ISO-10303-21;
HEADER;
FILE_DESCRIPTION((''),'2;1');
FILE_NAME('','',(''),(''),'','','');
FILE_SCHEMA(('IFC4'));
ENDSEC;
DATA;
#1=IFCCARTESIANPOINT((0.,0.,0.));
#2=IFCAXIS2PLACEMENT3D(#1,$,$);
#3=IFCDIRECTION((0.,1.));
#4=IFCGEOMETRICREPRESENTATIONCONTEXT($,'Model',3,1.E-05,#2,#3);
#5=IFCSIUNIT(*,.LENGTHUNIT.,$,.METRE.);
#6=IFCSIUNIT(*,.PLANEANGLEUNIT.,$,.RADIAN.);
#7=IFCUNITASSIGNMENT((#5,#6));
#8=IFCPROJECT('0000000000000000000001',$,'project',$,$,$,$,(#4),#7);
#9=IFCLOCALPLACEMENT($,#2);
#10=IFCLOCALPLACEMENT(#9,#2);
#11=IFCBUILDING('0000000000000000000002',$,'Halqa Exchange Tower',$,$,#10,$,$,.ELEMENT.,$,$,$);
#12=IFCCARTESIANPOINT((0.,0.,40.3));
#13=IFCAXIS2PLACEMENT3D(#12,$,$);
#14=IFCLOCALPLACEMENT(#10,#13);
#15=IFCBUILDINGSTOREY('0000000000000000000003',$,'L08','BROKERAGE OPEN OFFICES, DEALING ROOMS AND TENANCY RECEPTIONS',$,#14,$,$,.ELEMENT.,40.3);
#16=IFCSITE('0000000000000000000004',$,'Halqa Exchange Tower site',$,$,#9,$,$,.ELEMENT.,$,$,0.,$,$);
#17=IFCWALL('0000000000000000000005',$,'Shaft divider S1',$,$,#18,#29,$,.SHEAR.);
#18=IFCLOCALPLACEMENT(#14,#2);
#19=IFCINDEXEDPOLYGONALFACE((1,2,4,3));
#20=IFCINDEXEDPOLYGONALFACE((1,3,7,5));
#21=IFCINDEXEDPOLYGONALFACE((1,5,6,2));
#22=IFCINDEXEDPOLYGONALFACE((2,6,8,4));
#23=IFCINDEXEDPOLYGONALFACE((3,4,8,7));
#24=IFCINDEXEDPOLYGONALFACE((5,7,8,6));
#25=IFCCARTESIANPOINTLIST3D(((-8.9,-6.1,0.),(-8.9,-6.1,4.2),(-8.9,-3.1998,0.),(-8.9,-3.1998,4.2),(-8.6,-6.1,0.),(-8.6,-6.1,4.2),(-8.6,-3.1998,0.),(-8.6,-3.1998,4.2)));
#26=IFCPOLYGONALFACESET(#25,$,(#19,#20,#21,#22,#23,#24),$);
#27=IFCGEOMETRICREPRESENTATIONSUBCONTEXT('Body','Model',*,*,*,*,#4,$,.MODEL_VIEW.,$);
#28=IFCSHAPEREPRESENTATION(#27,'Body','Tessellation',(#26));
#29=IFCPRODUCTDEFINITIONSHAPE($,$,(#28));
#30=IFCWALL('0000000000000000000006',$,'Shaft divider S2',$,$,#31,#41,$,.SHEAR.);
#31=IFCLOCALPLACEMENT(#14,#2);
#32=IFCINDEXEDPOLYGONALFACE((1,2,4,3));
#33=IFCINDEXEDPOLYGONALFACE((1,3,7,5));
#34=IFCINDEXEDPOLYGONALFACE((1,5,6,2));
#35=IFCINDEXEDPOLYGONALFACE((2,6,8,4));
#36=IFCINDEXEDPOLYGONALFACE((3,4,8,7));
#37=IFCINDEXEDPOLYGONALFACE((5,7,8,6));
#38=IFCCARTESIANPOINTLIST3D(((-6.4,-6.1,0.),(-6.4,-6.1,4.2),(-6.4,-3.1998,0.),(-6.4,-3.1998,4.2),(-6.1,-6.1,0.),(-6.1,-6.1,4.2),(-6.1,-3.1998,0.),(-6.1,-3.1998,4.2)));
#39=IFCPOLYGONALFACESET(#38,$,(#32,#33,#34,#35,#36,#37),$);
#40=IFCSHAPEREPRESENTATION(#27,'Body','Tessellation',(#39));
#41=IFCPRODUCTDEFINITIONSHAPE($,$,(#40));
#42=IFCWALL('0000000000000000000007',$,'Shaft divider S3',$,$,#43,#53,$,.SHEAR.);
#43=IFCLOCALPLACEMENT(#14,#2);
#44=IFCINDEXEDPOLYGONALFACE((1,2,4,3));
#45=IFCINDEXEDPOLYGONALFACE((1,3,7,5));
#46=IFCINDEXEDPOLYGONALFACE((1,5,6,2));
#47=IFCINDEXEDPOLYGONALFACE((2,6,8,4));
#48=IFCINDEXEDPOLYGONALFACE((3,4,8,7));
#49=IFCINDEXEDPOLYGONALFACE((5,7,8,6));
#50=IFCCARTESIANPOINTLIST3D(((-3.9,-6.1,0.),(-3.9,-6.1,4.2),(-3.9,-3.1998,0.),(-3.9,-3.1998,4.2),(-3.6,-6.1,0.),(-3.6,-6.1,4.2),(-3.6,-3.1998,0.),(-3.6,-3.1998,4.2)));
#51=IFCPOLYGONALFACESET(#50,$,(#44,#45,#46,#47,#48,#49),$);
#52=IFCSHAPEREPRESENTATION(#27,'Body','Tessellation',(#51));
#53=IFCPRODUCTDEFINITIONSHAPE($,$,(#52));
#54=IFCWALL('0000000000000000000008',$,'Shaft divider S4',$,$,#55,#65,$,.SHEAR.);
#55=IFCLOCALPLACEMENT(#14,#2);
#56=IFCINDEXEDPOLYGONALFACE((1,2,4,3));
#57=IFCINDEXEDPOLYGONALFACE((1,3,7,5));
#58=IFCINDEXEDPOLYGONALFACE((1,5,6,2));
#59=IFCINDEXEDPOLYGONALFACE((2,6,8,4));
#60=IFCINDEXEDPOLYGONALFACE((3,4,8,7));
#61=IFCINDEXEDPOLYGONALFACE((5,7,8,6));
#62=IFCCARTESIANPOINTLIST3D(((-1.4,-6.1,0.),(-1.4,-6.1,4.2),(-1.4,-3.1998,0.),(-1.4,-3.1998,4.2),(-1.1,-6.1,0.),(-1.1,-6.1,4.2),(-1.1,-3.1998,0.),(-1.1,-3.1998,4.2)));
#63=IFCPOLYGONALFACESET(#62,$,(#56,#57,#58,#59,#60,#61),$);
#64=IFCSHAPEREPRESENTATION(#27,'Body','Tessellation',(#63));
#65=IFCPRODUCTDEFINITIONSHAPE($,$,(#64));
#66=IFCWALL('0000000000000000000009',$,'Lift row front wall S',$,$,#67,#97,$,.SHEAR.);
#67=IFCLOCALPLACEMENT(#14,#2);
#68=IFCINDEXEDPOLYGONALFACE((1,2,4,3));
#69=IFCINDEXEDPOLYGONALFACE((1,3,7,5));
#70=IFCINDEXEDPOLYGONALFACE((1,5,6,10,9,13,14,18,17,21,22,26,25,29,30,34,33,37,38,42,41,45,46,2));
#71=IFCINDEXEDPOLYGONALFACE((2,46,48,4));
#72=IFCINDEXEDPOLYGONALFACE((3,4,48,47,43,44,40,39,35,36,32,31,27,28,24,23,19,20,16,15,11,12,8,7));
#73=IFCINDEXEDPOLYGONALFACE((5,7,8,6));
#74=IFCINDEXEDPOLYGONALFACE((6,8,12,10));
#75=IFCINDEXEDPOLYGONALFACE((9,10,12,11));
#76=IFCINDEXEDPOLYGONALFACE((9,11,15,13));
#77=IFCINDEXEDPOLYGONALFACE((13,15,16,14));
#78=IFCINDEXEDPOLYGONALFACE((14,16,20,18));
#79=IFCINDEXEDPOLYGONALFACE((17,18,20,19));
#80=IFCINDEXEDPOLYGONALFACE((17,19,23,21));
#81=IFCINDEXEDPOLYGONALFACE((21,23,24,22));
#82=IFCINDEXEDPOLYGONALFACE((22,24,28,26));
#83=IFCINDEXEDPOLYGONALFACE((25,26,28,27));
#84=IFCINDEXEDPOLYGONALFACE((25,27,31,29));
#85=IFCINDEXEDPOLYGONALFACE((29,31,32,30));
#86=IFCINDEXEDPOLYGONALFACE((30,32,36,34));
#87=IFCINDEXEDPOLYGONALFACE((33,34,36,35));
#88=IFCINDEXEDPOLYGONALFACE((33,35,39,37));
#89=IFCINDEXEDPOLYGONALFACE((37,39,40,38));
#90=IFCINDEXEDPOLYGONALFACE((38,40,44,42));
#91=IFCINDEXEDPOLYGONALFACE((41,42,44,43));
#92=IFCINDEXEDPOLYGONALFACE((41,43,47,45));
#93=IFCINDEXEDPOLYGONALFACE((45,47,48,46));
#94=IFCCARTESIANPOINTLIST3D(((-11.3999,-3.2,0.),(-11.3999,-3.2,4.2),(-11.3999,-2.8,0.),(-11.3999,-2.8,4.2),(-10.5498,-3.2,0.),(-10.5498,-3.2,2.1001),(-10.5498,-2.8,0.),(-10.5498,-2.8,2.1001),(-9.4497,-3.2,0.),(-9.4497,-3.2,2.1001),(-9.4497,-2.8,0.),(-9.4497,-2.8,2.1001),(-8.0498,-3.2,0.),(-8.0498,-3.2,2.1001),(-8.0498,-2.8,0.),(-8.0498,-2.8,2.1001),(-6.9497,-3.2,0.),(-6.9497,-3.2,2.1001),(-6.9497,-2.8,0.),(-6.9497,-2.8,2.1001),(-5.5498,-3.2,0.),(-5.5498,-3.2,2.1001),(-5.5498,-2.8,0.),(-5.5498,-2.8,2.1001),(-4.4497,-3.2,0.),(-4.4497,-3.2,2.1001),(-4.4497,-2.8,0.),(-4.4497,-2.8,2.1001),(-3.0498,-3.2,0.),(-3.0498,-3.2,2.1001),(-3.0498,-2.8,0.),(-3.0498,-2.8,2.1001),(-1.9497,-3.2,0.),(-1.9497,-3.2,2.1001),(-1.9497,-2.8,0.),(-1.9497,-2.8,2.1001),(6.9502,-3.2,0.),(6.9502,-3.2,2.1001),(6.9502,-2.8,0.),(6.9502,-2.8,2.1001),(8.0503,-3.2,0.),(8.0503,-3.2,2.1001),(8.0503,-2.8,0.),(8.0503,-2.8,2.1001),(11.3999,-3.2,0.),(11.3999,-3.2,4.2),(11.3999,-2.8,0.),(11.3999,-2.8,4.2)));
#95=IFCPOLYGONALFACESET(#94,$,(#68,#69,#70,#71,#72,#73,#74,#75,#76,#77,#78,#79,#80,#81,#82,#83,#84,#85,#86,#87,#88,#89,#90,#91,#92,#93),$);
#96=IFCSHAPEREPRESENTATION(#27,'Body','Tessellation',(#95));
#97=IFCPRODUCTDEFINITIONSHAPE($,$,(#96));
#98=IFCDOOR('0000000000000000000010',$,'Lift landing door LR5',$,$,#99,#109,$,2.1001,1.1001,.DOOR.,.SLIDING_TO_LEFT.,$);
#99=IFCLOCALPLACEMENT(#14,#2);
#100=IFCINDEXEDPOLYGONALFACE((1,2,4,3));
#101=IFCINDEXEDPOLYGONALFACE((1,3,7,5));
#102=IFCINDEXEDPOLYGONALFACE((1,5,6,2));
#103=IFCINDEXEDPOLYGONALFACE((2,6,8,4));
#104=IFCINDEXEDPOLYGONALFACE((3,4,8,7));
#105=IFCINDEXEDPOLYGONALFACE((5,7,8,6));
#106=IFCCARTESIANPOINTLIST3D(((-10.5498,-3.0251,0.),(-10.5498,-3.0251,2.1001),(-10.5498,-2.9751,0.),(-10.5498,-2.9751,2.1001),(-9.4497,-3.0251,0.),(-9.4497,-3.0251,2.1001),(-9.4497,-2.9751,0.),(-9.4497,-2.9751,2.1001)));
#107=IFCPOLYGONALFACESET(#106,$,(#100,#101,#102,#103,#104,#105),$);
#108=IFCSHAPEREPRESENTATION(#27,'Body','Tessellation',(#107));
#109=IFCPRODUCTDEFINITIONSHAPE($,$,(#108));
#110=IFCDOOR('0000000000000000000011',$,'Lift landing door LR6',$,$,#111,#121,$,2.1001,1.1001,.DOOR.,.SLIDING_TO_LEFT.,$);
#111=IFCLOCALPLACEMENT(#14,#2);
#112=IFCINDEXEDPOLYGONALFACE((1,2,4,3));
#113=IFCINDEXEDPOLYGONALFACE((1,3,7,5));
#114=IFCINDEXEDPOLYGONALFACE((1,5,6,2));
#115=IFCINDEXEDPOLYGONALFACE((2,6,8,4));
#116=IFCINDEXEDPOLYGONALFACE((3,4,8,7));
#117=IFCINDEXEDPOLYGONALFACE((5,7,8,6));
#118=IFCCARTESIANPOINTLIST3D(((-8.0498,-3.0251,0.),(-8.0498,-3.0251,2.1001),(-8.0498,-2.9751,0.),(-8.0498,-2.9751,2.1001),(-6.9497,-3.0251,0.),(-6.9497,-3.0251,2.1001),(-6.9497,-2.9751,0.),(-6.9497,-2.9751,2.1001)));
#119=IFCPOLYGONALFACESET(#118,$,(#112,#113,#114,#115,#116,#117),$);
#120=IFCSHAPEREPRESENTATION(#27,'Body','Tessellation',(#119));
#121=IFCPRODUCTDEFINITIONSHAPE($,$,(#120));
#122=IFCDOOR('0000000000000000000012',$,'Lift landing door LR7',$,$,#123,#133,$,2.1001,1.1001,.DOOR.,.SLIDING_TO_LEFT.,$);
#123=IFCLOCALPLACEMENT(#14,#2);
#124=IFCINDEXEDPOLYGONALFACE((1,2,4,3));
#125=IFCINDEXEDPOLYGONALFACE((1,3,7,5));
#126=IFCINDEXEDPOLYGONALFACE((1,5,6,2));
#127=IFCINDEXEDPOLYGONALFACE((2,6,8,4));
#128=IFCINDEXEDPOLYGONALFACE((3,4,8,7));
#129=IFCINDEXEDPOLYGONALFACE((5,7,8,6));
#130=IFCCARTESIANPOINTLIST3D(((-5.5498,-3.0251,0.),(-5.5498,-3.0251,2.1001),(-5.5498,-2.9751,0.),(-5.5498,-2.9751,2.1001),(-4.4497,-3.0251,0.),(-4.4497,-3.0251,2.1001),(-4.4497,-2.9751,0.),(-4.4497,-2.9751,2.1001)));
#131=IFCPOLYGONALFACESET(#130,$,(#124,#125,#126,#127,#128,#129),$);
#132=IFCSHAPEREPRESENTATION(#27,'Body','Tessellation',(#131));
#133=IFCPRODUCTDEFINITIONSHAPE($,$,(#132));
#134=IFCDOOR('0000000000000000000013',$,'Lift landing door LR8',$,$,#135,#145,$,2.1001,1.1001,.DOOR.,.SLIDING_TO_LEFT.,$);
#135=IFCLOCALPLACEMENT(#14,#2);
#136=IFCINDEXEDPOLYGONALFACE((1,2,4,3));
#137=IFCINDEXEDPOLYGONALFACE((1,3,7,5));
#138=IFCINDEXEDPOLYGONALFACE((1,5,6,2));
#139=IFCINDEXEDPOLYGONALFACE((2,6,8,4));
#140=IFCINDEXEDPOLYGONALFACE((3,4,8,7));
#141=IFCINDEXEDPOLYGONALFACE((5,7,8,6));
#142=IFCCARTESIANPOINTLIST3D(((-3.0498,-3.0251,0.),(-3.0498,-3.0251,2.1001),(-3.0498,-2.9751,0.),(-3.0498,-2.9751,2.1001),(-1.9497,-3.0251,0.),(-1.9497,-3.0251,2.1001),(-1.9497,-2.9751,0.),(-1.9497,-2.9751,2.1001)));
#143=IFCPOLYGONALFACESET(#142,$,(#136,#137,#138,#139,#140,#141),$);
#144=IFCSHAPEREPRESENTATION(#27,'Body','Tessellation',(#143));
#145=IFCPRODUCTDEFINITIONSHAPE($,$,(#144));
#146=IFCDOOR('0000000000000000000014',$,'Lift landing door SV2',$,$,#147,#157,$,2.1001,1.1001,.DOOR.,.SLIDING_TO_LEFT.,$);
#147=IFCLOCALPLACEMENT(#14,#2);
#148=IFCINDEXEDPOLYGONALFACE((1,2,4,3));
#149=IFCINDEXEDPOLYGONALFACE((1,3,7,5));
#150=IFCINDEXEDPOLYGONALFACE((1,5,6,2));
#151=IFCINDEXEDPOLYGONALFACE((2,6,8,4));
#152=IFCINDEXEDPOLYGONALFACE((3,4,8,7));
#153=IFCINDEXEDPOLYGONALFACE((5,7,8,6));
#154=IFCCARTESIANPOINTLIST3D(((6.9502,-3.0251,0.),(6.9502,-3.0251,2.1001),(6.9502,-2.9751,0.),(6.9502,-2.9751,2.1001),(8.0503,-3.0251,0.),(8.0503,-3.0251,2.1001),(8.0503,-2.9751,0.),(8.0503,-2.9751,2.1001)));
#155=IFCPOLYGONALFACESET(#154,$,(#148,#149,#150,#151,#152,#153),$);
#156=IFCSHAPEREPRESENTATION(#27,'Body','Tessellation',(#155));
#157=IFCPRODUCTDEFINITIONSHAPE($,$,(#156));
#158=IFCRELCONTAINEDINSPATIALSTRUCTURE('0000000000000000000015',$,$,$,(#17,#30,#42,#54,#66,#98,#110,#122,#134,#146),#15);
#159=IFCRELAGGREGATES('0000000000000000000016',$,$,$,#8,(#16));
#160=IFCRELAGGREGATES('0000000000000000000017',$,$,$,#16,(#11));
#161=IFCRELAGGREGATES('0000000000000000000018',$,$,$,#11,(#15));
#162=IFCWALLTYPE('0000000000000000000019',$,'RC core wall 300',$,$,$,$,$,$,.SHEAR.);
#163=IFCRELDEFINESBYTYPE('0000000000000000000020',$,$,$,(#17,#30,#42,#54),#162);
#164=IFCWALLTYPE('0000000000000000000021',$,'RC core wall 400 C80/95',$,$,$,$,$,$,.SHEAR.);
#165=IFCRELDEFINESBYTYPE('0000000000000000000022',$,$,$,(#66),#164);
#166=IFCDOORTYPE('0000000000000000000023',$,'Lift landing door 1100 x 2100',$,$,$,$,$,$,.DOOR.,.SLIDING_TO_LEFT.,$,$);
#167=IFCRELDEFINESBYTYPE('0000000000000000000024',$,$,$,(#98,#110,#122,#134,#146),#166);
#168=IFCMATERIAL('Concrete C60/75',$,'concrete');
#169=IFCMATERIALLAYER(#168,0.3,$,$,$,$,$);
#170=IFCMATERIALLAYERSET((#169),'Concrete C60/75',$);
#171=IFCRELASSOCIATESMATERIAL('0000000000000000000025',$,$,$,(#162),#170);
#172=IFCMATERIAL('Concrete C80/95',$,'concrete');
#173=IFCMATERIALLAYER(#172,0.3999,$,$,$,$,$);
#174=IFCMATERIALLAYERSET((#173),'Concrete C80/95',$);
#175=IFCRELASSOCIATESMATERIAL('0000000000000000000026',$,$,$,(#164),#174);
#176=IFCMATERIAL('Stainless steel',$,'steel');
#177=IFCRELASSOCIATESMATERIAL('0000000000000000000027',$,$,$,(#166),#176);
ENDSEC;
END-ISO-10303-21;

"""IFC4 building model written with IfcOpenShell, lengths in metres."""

from ifc_helpers import new_model, si_unit, direction, frame, frame_2d, origin, place, context, subcontext, project, spatial, rectangle, extrude, material, layer, layer_set, type_object, element, fill, save


model = new_model("IFC4")

# Units and contexts
model_context = context("Model", 3, precision=1e-05, world=origin(), true_north=direction((0.0, 1.0)))
body_context = subcontext(model_context, "Body", "Model", "MODEL_VIEW")
ifc_project = project(units=[si_unit("LENGTHUNIT", "METRE"), si_unit("PLANEANGLEUNIT", "RADIAN")], contexts=[model_context])

# Site, building, storey
site_placement = place(None, origin())
site = spatial("IfcSite", under=ifc_project, at=site_placement, Name="Halqa Exchange Tower site", CompositionType="ELEMENT", RefElevation=0.0)
building_placement = place(site_placement, origin())
building = spatial("IfcBuilding", under=site, at=building_placement, Name="Halqa Exchange Tower", CompositionType="ELEMENT")
storey_placement = place(building_placement, frame((0.0, 0.0, 40.3)))
storey = spatial("IfcBuildingStorey", under=building, at=storey_placement, Name="L08", Description="BROKERAGE OPEN OFFICES, DEALING ROOMS AND TENANCY RECEPTIONS", CompositionType="ELEMENT", Elevation=40.3)

# Walls
ifc_material_1 = material(Name="Concrete C60/75", Category="concrete")
ifc_layer_1 = layer(ifc_material_1, 0.3)
ifc_layer_set_1 = layer_set([ifc_layer_1], Name="Concrete C60/75")
wall_type_1 = type_object("IfcWallType", Name="RC core wall 300", PredefinedType="SHEAR", material=ifc_layer_set_1)
for number, where, z_axis, x_axis, name in (
    (1, (-8.75, -6.1001, 0.0), (0.0, 0.0, 1.0), (0.0, 1.0, 0.0), "Shaft divider S1"),
    (2, (-6.25, -6.1001, 0.0), (0.0, 0.0, 1.0), (0.0, 1.0, 0.0), "Shaft divider S2"),
    (3, (-3.75, -6.1001, 0.0), (0.0, 0.0, 1.0), (0.0, 1.0, 0.0), "Shaft divider S3"),
    (4, (-1.25, -6.1001, 0.0), (0.0, 0.0, 1.0), (0.0, 1.0, 0.0), "Shaft divider S4"),
):
    element("IfcWall", number, at=place(storey_placement, frame(where, z_axis=z_axis, x_axis=x_axis)), inside=storey, type_object=wall_type_1, Name=name, PredefinedType="SHEAR", context=body_context, shape_type="SweptSolid", body=[
        extrude(rectangle(XDim=2.9001, YDim=0.3, at=frame_2d((1.4502, 0.0))), origin(), (0.0, 0.0, 1.0), 4.2),
    ])

# Wall, openings, doors
ifc_material_2 = material(Name="Concrete C80/95", Category="concrete")
ifc_layer_2 = layer(ifc_material_2, 0.3999)
ifc_layer_set_2 = layer_set([ifc_layer_2], Name="Concrete C80/95")
wall_type_2 = type_object("IfcWallType", Name="RC core wall 400 C80/95", PredefinedType="SHEAR", material=ifc_layer_set_2)
wall_1_placement = place(storey_placement, frame((-11.3999, -3.0, 0.0), z_axis=(0.0, 0.0, 1.0), x_axis=(1.0, 0.0, 0.0)))
wall_1 = element("IfcWall", 5, at=wall_1_placement, inside=storey, type_object=wall_type_2, Name="Lift row front wall S", PredefinedType="SHEAR", context=body_context, shape_type="SweptSolid", body=[
    extrude(rectangle(XDim=22.7998, YDim=0.3999, at=frame_2d((11.3999, 0.0))), origin(), (0.0, 0.0, 1.0), 4.2),
])
opening_1_placement = place(wall_1_placement, frame((0.8501, 0.0, 0.0)))
opening_1 = element("IfcOpeningElement", 6, at=opening_1_placement, cuts=wall_1, PredefinedType="OPENING", context=body_context, shape_type="SweptSolid", body=[
    extrude(rectangle(XDim=1.1001, YDim=2.1001, at=frame_2d((0.55, 1.05))), frame((0.0, 0.2119, 0.0), z_axis=(0.0, -1.0, 0.0), x_axis=(1.0, 0.0, 0.0)), (0.0, 0.0, 1.0), 0.4238),
])
opening_2_placement = place(wall_1_placement, frame((3.3501, 0.0, 0.0)))
opening_2 = element("IfcOpeningElement", 7, at=opening_2_placement, cuts=wall_1, PredefinedType="OPENING", context=body_context, shape_type="SweptSolid", body=[
    extrude(rectangle(XDim=1.1001, YDim=2.1001, at=frame_2d((0.55, 1.05))), frame((0.0, 0.2119, 0.0), z_axis=(0.0, -1.0, 0.0), x_axis=(1.0, 0.0, 0.0)), (0.0, 0.0, 1.0), 0.4238),
])
opening_3_placement = place(wall_1_placement, frame((5.8501, 0.0, 0.0)))
opening_3 = element("IfcOpeningElement", 8, at=opening_3_placement, cuts=wall_1, PredefinedType="OPENING", context=body_context, shape_type="SweptSolid", body=[
    extrude(rectangle(XDim=1.1001, YDim=2.1001, at=frame_2d((0.55, 1.05))), frame((0.0, 0.2119, 0.0), z_axis=(0.0, -1.0, 0.0), x_axis=(1.0, 0.0, 0.0)), (0.0, 0.0, 1.0), 0.4238),
])
opening_4_placement = place(wall_1_placement, frame((8.3501, 0.0, 0.0)))
opening_4 = element("IfcOpeningElement", 9, at=opening_4_placement, cuts=wall_1, PredefinedType="OPENING", context=body_context, shape_type="SweptSolid", body=[
    extrude(rectangle(XDim=1.1001, YDim=2.1001, at=frame_2d((0.55, 1.05))), frame((0.0, 0.2119, 0.0), z_axis=(0.0, -1.0, 0.0), x_axis=(1.0, 0.0, 0.0)), (0.0, 0.0, 1.0), 0.4238),
])
opening_5_placement = place(wall_1_placement, frame((18.3501, 0.0, 0.0)))
opening_5 = element("IfcOpeningElement", 10, at=opening_5_placement, cuts=wall_1, PredefinedType="OPENING", context=body_context, shape_type="SweptSolid", body=[
    extrude(rectangle(XDim=1.1001, YDim=2.1001, at=frame_2d((0.55, 1.05))), frame((0.0, 0.2119, 0.0), z_axis=(0.0, -1.0, 0.0), x_axis=(1.0, 0.0, 0.0)), (0.0, 0.0, 1.0), 0.4238),
])
ifc_material_3 = material(Name="Stainless steel", Category="steel")
door_type = type_object("IfcDoorType", Name="Lift landing door 1100 x 2100", OperationType="SLIDING_TO_LEFT", PredefinedType="DOOR", material=ifc_material_3)
door_1_placement = place(opening_1_placement, origin())
door_1 = element("IfcDoor", 11, at=door_1_placement, inside=storey, type_object=door_type, Name="Lift landing door LR5", OperationType="SLIDING_TO_LEFT", OverallHeight=2.1001, OverallWidth=1.1001, PredefinedType="DOOR", context=body_context, shape_type="SweptSolid", body=[
    extrude(rectangle(XDim=1.1001, YDim=2.1001, at=frame_2d((0.55, 1.05))), frame((0.0, 0.0249, 0.0), z_axis=(0.0, -1.0, 0.0), x_axis=(1.0, 0.0, 0.0)), (0.0, 0.0, 1.0), 0.05),
])
fill(opening_1, door_1)
door_2_placement = place(opening_2_placement, origin())
door_2 = element("IfcDoor", 12, at=door_2_placement, inside=storey, type_object=door_type, Name="Lift landing door LR6", OperationType="SLIDING_TO_LEFT", OverallHeight=2.1001, OverallWidth=1.1001, PredefinedType="DOOR", context=body_context, shape_type="SweptSolid", body=[
    extrude(rectangle(XDim=1.1001, YDim=2.1001, at=frame_2d((0.55, 1.05))), frame((0.0, 0.0249, 0.0), z_axis=(0.0, -1.0, 0.0), x_axis=(1.0, 0.0, 0.0)), (0.0, 0.0, 1.0), 0.05),
])
fill(opening_2, door_2)
door_3_placement = place(opening_3_placement, origin())
door_3 = element("IfcDoor", 13, at=door_3_placement, inside=storey, type_object=door_type, Name="Lift landing door LR7", OperationType="SLIDING_TO_LEFT", OverallHeight=2.1001, OverallWidth=1.1001, PredefinedType="DOOR", context=body_context, shape_type="SweptSolid", body=[
    extrude(rectangle(XDim=1.1001, YDim=2.1001, at=frame_2d((0.55, 1.05))), frame((0.0, 0.0249, 0.0), z_axis=(0.0, -1.0, 0.0), x_axis=(1.0, 0.0, 0.0)), (0.0, 0.0, 1.0), 0.05),
])
fill(opening_3, door_3)
door_4_placement = place(opening_4_placement, origin())
door_4 = element("IfcDoor", 14, at=door_4_placement, inside=storey, type_object=door_type, Name="Lift landing door LR8", OperationType="SLIDING_TO_LEFT", OverallHeight=2.1001, OverallWidth=1.1001, PredefinedType="DOOR", context=body_context, shape_type="SweptSolid", body=[
    extrude(rectangle(XDim=1.1001, YDim=2.1001, at=frame_2d((0.55, 1.05))), frame((0.0, 0.0249, 0.0), z_axis=(0.0, -1.0, 0.0), x_axis=(1.0, 0.0, 0.0)), (0.0, 0.0, 1.0), 0.05),
])
fill(opening_4, door_4)
door_5_placement = place(opening_5_placement, origin())
door_5 = element("IfcDoor", 15, at=door_5_placement, inside=storey, type_object=door_type, Name="Lift landing door SV2", OperationType="SLIDING_TO_LEFT", OverallHeight=2.1001, OverallWidth=1.1001, PredefinedType="DOOR", context=body_context, shape_type="SweptSolid", body=[
    extrude(rectangle(XDim=1.1001, YDim=2.1001, at=frame_2d((0.55, 1.05))), frame((0.0, 0.0249, 0.0), z_axis=(0.0, -1.0, 0.0), x_axis=(1.0, 0.0, 0.0)), (0.0, 0.0, 1.0), 0.05),
])
fill(opening_5, door_5)

save(model, "model.ifc")
